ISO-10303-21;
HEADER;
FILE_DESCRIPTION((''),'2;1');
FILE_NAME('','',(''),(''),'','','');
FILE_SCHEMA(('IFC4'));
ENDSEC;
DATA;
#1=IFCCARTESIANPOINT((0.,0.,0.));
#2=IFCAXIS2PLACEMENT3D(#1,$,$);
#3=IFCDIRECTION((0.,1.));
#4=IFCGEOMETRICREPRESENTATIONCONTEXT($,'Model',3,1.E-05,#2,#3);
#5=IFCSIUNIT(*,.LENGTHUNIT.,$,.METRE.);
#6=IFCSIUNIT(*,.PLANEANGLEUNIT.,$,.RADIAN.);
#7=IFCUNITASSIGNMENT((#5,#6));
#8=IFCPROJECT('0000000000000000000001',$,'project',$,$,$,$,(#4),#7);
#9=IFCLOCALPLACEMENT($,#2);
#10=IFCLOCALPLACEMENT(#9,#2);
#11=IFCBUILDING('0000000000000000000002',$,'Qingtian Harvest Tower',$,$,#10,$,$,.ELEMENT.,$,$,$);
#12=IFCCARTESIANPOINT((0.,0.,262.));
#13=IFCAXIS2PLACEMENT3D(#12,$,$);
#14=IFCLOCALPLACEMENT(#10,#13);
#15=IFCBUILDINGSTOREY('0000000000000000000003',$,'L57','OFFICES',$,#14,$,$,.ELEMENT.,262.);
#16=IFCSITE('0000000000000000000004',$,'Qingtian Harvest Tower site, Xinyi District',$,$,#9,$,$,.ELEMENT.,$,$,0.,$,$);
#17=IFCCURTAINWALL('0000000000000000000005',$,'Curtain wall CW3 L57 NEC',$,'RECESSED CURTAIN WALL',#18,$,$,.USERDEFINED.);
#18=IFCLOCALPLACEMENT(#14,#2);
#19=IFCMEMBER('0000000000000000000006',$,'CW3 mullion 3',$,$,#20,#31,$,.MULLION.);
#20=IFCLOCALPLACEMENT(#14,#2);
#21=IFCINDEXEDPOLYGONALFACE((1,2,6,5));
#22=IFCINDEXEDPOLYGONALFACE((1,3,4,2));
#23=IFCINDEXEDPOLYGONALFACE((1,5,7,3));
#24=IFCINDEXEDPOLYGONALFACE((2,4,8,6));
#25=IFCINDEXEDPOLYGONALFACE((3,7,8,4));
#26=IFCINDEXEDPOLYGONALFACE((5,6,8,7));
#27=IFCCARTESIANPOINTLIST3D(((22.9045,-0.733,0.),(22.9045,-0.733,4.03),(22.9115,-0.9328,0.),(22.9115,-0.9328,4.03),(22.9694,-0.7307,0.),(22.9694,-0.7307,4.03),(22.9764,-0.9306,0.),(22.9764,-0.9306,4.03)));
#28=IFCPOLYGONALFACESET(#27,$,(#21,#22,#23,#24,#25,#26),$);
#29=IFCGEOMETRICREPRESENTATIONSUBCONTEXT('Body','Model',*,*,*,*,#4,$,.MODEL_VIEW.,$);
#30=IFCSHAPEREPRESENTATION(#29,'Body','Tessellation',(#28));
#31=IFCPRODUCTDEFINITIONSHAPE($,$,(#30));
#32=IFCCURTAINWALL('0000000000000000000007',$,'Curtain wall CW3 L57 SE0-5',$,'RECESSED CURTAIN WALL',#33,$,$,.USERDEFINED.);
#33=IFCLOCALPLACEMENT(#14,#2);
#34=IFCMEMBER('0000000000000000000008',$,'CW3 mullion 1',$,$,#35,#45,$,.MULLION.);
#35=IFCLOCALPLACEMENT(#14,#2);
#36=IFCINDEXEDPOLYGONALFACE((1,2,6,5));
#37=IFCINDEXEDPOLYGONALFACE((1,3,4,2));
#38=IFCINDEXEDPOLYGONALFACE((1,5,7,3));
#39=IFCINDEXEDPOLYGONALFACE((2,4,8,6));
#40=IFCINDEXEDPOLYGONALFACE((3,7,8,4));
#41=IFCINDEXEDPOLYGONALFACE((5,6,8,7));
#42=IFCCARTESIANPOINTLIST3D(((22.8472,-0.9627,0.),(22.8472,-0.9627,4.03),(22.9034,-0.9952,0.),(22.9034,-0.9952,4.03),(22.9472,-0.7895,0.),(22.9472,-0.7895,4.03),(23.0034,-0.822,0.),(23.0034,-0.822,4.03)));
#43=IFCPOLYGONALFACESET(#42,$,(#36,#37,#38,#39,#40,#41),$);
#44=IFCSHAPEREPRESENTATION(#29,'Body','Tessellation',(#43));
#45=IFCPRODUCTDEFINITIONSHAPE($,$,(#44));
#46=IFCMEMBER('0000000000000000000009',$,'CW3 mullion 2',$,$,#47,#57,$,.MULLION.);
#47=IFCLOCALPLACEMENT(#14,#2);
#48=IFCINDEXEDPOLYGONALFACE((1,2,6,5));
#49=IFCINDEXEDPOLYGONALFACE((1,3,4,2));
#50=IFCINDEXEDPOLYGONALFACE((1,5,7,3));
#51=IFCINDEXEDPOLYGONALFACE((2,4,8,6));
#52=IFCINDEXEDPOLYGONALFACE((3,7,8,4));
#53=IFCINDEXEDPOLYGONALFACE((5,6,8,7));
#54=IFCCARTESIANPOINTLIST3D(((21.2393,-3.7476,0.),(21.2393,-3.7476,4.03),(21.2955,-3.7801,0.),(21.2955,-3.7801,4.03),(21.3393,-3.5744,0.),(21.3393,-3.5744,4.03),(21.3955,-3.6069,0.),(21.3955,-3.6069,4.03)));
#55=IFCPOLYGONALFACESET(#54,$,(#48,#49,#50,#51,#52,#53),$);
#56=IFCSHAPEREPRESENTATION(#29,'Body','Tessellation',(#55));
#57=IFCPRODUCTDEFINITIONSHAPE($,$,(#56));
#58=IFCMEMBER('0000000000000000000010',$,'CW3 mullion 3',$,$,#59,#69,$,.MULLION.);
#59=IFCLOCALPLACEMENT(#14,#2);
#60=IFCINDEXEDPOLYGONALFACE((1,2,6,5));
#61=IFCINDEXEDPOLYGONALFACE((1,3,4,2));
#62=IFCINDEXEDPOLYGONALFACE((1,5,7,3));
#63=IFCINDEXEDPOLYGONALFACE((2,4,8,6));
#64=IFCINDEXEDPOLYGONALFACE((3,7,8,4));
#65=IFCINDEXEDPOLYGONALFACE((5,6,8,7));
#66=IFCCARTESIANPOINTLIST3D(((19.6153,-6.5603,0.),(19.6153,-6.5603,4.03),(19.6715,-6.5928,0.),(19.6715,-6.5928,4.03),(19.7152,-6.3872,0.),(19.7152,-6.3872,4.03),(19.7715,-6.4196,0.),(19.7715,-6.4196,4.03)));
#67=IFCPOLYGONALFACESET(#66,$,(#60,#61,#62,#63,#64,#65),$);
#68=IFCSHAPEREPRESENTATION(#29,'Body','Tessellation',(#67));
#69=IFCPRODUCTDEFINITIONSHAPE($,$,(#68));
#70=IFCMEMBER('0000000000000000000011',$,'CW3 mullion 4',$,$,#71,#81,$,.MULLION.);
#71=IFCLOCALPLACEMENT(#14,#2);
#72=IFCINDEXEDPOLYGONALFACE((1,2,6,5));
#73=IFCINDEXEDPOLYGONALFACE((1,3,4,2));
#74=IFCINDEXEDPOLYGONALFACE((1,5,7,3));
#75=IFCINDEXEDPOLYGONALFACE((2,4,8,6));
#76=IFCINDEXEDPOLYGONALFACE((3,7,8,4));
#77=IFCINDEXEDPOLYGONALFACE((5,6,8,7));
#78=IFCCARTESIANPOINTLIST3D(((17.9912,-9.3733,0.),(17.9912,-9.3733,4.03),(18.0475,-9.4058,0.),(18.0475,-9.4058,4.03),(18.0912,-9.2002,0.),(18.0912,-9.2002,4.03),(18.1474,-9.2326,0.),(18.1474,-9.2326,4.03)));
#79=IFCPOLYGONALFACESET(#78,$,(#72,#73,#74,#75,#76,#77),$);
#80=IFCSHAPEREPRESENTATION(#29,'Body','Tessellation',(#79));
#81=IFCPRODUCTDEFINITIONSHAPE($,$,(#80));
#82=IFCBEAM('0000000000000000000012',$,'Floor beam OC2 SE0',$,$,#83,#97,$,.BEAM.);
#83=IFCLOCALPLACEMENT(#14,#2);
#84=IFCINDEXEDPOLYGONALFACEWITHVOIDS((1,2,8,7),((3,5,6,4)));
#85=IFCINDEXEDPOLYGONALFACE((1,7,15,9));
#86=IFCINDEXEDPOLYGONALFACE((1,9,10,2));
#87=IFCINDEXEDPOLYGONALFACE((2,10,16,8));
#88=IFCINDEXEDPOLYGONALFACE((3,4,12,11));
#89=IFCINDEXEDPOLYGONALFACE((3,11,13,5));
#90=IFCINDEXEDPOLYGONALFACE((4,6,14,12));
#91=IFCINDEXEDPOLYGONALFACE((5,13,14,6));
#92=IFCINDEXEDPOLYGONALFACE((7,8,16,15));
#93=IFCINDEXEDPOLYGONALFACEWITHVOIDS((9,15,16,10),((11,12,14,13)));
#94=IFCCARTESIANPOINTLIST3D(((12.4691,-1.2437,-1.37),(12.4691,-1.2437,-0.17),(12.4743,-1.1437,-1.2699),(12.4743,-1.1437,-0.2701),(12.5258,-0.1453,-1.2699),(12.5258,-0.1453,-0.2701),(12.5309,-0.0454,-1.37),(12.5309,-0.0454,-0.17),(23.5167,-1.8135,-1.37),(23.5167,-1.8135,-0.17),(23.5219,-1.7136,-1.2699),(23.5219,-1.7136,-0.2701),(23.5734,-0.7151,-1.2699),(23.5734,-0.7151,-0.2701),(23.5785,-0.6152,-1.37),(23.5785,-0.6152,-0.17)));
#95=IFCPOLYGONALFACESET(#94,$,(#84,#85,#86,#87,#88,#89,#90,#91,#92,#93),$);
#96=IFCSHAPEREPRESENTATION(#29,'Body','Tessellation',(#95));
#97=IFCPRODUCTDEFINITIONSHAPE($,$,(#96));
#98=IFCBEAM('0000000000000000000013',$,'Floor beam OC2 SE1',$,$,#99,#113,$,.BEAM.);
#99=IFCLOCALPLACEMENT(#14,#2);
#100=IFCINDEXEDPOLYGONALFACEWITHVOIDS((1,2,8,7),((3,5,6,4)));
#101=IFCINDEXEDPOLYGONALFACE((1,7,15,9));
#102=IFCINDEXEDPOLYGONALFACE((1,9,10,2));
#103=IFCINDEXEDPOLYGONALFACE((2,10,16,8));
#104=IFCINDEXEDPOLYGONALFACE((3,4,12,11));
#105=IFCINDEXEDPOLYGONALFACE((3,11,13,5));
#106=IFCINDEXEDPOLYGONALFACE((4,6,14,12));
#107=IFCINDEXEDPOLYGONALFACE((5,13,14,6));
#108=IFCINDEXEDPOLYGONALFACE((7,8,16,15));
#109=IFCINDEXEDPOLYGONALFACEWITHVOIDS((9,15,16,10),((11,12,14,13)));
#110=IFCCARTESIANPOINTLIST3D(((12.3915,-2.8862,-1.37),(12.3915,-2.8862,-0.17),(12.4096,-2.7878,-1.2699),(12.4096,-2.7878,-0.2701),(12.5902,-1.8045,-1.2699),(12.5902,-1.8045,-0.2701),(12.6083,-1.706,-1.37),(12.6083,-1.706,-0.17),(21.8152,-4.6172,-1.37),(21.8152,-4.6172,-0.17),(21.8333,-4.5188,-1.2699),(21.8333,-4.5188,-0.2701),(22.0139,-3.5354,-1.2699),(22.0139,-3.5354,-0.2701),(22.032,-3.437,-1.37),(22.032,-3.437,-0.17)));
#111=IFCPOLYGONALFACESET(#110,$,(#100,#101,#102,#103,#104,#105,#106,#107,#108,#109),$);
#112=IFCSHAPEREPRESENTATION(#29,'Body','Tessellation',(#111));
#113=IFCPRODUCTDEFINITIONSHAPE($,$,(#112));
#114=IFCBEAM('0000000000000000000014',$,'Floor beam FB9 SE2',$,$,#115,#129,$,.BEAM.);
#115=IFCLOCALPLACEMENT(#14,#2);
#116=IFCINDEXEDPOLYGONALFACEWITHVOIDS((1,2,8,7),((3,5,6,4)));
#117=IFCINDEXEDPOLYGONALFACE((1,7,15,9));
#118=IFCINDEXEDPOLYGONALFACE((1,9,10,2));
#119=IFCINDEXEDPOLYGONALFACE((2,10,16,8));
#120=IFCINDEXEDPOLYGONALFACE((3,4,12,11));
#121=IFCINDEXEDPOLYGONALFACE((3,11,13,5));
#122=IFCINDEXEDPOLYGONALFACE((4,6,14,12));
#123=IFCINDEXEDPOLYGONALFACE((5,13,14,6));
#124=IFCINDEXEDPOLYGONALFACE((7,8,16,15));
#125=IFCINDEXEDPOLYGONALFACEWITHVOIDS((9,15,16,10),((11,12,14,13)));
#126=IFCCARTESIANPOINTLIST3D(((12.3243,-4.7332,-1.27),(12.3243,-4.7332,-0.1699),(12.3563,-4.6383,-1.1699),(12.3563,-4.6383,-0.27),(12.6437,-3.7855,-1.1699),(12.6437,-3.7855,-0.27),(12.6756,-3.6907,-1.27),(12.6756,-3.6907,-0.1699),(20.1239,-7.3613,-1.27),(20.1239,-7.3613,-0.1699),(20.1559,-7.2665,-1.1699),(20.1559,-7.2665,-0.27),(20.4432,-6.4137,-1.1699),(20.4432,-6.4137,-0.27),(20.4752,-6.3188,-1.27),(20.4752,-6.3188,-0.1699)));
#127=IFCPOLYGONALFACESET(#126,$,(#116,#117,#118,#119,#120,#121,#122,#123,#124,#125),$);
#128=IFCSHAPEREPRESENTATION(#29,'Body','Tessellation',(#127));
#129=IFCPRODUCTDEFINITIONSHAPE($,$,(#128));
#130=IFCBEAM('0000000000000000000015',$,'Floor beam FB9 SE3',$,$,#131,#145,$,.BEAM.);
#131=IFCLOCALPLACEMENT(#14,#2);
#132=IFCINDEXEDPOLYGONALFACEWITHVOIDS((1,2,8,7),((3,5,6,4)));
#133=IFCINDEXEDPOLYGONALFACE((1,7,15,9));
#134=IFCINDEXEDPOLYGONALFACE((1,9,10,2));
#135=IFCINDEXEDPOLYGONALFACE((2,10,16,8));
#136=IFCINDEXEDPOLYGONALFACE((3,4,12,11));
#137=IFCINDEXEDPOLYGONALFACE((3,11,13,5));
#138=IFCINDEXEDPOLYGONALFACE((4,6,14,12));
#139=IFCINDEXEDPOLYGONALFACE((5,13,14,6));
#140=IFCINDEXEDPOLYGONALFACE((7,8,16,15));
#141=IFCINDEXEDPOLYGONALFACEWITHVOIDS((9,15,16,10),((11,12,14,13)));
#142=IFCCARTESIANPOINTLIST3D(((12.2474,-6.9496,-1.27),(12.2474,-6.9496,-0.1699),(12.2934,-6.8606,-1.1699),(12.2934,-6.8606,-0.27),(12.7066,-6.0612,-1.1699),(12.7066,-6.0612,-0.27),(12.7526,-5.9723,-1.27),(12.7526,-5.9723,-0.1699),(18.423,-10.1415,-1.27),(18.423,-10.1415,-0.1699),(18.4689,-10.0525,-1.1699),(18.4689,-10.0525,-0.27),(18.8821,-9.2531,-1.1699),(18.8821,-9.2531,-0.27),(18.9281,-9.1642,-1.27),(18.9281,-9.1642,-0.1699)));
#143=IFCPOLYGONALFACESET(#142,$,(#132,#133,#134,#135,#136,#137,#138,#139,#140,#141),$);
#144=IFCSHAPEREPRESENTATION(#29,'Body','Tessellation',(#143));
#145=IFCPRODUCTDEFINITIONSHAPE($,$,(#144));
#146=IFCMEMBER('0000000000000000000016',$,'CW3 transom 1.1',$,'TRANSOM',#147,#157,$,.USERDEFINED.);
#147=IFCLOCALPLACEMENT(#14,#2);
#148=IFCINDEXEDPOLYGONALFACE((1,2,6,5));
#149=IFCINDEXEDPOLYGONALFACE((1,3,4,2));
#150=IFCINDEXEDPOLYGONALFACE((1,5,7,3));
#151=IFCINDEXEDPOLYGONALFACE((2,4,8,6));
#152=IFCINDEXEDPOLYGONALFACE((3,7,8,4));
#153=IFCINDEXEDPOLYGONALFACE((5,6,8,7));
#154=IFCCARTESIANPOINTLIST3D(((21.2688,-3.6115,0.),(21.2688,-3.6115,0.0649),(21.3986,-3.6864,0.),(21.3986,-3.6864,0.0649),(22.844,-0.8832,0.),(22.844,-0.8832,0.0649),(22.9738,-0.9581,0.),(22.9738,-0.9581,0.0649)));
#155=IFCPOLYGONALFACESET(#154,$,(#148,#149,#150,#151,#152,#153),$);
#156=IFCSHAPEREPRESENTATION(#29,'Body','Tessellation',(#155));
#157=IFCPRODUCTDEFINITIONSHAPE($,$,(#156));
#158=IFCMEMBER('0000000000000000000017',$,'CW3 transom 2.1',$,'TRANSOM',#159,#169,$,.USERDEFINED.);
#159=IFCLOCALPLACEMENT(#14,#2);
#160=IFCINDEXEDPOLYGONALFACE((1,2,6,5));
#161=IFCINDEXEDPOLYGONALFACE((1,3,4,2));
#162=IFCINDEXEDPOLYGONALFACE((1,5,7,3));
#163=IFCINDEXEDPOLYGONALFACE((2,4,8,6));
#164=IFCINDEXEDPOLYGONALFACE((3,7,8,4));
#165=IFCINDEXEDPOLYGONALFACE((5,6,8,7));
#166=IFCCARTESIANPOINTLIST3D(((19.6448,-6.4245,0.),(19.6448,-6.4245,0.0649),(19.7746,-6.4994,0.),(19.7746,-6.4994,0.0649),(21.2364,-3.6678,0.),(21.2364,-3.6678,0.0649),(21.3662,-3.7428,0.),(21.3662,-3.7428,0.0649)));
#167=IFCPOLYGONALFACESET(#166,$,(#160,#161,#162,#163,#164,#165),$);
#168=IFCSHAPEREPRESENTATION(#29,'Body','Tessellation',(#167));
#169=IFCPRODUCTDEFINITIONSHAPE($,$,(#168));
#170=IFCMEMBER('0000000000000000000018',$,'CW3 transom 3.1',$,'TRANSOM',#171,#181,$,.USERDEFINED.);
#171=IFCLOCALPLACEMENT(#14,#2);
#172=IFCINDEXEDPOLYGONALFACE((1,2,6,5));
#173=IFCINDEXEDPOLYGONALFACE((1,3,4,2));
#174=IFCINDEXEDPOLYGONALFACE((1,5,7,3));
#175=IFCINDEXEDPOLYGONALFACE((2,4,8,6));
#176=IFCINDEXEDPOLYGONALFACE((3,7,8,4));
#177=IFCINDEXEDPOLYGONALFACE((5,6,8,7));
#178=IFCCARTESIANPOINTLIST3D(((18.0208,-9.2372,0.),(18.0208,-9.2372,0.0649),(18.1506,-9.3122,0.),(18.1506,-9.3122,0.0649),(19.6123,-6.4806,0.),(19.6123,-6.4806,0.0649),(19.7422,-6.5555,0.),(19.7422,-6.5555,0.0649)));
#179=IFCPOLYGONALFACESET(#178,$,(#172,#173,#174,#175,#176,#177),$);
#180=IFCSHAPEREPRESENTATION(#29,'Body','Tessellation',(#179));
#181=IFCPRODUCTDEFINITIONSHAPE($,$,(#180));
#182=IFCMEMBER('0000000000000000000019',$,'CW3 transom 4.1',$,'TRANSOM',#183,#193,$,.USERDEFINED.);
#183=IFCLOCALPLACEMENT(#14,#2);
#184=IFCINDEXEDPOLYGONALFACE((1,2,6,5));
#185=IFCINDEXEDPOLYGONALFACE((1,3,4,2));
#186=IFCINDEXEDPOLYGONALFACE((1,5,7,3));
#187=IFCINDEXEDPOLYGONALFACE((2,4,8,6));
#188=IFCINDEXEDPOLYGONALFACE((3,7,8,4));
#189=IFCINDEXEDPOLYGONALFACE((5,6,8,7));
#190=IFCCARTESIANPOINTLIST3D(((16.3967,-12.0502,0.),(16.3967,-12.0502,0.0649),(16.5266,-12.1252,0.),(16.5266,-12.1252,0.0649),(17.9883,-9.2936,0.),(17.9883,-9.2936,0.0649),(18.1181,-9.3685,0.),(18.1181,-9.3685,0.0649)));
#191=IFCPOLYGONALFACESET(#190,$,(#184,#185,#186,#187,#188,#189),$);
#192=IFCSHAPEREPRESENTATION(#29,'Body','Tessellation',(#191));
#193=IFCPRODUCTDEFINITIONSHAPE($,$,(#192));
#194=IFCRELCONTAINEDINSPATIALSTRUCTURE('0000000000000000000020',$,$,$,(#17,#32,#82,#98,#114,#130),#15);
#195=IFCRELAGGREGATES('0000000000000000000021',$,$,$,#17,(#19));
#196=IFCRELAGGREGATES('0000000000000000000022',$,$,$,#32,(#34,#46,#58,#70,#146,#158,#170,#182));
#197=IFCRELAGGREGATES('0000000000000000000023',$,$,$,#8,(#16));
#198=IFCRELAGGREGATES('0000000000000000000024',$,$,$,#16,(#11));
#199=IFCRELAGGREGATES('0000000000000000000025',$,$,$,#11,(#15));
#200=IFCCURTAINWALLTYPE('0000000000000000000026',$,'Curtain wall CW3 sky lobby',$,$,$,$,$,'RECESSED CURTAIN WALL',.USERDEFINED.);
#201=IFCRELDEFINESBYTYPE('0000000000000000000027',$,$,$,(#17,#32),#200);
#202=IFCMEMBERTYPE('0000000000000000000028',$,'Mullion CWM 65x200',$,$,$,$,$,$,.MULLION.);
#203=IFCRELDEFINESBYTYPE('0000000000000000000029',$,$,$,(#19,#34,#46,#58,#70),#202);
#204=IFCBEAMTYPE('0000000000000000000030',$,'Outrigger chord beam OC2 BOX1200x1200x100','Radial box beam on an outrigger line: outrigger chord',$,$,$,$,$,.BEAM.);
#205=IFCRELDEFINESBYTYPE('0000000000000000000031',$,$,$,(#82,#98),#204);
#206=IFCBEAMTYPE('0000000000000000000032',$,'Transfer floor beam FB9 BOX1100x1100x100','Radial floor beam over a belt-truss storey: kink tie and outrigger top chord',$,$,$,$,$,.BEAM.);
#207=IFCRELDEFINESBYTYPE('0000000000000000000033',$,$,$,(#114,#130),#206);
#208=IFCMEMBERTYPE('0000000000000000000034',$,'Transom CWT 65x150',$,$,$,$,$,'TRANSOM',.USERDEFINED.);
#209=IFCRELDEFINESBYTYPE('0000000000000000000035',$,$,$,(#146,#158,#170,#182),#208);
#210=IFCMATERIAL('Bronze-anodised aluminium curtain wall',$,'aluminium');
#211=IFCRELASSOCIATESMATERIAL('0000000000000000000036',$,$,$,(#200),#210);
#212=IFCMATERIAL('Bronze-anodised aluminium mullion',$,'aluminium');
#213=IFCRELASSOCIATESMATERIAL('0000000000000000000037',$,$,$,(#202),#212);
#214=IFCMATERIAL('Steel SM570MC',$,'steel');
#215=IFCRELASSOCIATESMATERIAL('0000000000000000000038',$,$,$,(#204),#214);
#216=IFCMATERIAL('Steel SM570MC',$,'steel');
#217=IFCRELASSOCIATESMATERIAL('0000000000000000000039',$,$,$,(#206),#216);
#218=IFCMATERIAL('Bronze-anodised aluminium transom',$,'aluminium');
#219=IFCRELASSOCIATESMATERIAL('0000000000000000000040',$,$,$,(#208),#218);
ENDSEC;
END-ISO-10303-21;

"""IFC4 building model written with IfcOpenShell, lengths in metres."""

from ifc_helpers import new_model, si_unit, direction, frame, origin, origin_2d, place, context, subcontext, project, spatial, rectangle, hollow_rectangle, extrude, material, material_profile, profile_set, type_object, element, aggregate, save


model = new_model("IFC4")

# Units and contexts
model_context = context("Model", 3, precision=1e-05, world=origin(), true_north=direction((0.0, 1.0)))
body_context = subcontext(model_context, "Body", "Model", "MODEL_VIEW")
ifc_project = project(units=[si_unit("LENGTHUNIT", "METRE"), si_unit("PLANEANGLEUNIT", "RADIAN")], contexts=[model_context])

# Site, building, storey
site_placement = place(None, origin())
site = spatial("IfcSite", under=ifc_project, at=site_placement, Name="Qingtian Harvest Tower site, Xinyi District", CompositionType="ELEMENT", RefElevation=0.0)
building_placement = place(site_placement, origin())
building = spatial("IfcBuilding", under=site, at=building_placement, Name="Qingtian Harvest Tower", CompositionType="ELEMENT")
storey_placement = place(building_placement, frame((0.0, 0.0, 262.0)))
storey = spatial("IfcBuildingStorey", under=building, at=storey_placement, Name="L57", Description="OFFICES", CompositionType="ELEMENT", Elevation=262.0)

# Curtain wall, member
ifc_material_1 = material(Name="Bronze-anodised aluminium curtain wall", Category="aluminium")
curtain_wall_type = type_object("IfcCurtainWallType", Name="Curtain wall CW3 sky lobby", ElementType="RECESSED CURTAIN WALL", PredefinedType="USERDEFINED", material=ifc_material_1)
curtain_wall_1_placement = place(storey_placement, origin())
curtain_wall_1 = element("IfcCurtainWall", 1, at=curtain_wall_1_placement, inside=storey, type_object=curtain_wall_type, Name="Curtain wall CW3 L57 NEC", ObjectType="RECESSED CURTAIN WALL", PredefinedType="USERDEFINED")
ifc_material_2 = material(Name="Bronze-anodised aluminium mullion", Category="aluminium")
ifc_material_profile_1 = material_profile(ifc_material_2, rectangle(XDim=0.0649, YDim=0.2, at=origin_2d()), Name="AL 65x200")
ifc_profile_set_1 = profile_set([ifc_material_profile_1], Name="Bronze-anodised aluminium mullion")
member_type_1 = type_object("IfcMemberType", Name="Mullion CWM 65x200", PredefinedType="MULLION", material=ifc_profile_set_1)
member_1_placement = place(storey_placement, frame((22.9404, -0.8318, 0.0), z_axis=(0.0, 0.0, 1.0), x_axis=(0.999391, 0.034899, 0.0)))
member_1 = element("IfcMember", 2, at=member_1_placement, type_object=member_type_1, Name="CW3 mullion 3", PredefinedType="MULLION", context=body_context, shape_type="SweptSolid", body=[
    extrude(rectangle(XDim=0.0649, YDim=0.2, at=origin_2d()), origin(), (0.0, 0.0, 1.0), 4.03),
])

# Curtain wall, members
curtain_wall_2_placement = place(storey_placement, origin())
curtain_wall_2 = element("IfcCurtainWall", 3, at=curtain_wall_2_placement, inside=storey, type_object=curtain_wall_type, Name="Curtain wall CW3 L57 SE0-5", ObjectType="RECESSED CURTAIN WALL", PredefinedType="USERDEFINED")
member_2_placement = place(storey_placement, frame((22.9253, -0.8923, 0.0), z_axis=(0.0, 0.0, 1.0), x_axis=(0.866025, -0.5, 0.0)))
member_2 = element("IfcMember", 4, at=member_2_placement, type_object=member_type_1, Name="CW3 mullion 1", PredefinedType="MULLION", context=body_context, shape_type="SweptSolid", body=[
    extrude(rectangle(XDim=0.0649, YDim=0.2, at=origin_2d()), origin(), (0.0, 0.0, 1.0), 4.03),
])
member_3_placement = place(storey_placement, frame((21.3174, -3.6772, 0.0), z_axis=(0.0, 0.0, 1.0), x_axis=(0.866025, -0.5, 0.0)))
member_3 = element("IfcMember", 5, at=member_3_placement, type_object=member_type_1, Name="CW3 mullion 2", PredefinedType="MULLION", context=body_context, shape_type="SweptSolid", body=[
    extrude(rectangle(XDim=0.0649, YDim=0.2, at=origin_2d()), origin(), (0.0, 0.0, 1.0), 4.03),
])
member_4_placement = place(storey_placement, frame((19.6934, -6.49, 0.0), z_axis=(0.0, 0.0, 1.0), x_axis=(0.866025, -0.5, 0.0)))
member_4 = element("IfcMember", 6, at=member_4_placement, type_object=member_type_1, Name="CW3 mullion 3", PredefinedType="MULLION", context=body_context, shape_type="SweptSolid", body=[
    extrude(rectangle(XDim=0.0649, YDim=0.2, at=origin_2d()), origin(), (0.0, 0.0, 1.0), 4.03),
])
member_5_placement = place(storey_placement, frame((18.0693, -9.303, 0.0), z_axis=(0.0, 0.0, 1.0), x_axis=(0.866025, -0.5, 0.0)))
member_5 = element("IfcMember", 7, at=member_5_placement, type_object=member_type_1, Name="CW3 mullion 4", PredefinedType="MULLION", context=body_context, shape_type="SweptSolid", body=[
    extrude(rectangle(XDim=0.0649, YDim=0.2, at=origin_2d()), origin(), (0.0, 0.0, 1.0), 4.03),
])

# Beams
ifc_material_3 = material(Name="Steel SM570MC", Category="steel")
ifc_material_profile_2 = material_profile(ifc_material_3, hollow_rectangle(XDim=1.2, YDim=1.2, WallThickness=0.1001, at=origin_2d()), Name="BOX1200x1200x100")
ifc_profile_set_2 = profile_set([ifc_material_profile_2], Name="Steel SM570MC")
beam_type_1 = type_object("IfcBeamType", Name="Outrigger chord beam OC2 BOX1200x1200x100", Description="Radial box beam on an outrigger line: outrigger chord", PredefinedType="BEAM", material=ifc_profile_set_2)
beam_1_placement = place(storey_placement, frame((23.5476, -1.2144, -0.77), z_axis=(-0.998672, 0.05151, 0.0), x_axis=(-0.05151, -0.998672, 0.0)))
element("IfcBeam", 8, at=beam_1_placement, inside=storey, type_object=beam_type_1, Name="Floor beam OC2 SE0", PredefinedType="BEAM", context=body_context, shape_type="SweptSolid", body=[
    extrude(hollow_rectangle(XDim=1.2, YDim=1.2, WallThickness=0.1001, at=origin_2d()), origin(), (0.0, 0.0, 1.0), 11.0623),
])
beam_2_placement = place(storey_placement, frame((21.9236, -4.0271, -0.77), z_axis=(-0.983545, 0.180661, 0.0), x_axis=(-0.180661, -0.983545, 0.0)))
element("IfcBeam", 9, at=beam_2_placement, inside=storey, type_object=beam_type_1, Name="Floor beam OC2 SE1", PredefinedType="BEAM", context=body_context, shape_type="SweptSolid", body=[
    extrude(hollow_rectangle(XDim=1.2, YDim=1.2, WallThickness=0.1001, at=origin_2d()), origin(), (0.0, 0.0, 1.0), 9.5813),
])
ifc_material_4 = material(Name="Steel SM570MC", Category="steel")
ifc_material_profile_3 = material_profile(ifc_material_4, hollow_rectangle(XDim=1.1001, YDim=1.1001, WallThickness=0.1001, at=origin_2d()), Name="BOX1100x1100x100")
ifc_profile_set_3 = profile_set([ifc_material_profile_3], Name="Steel SM570MC")
beam_type_2 = type_object("IfcBeamType", Name="Transfer floor beam FB9 BOX1100x1100x100", Description="Radial floor beam over a belt-truss storey: kink tie and outrigger top chord", PredefinedType="BEAM", material=ifc_profile_set_3)
beam_3_placement = place(storey_placement, frame((20.2996, -6.8401, -0.72), z_axis=(-0.947646, 0.319323, 0.0), x_axis=(-0.319323, -0.947646, 0.0)))
element("IfcBeam", 10, at=beam_3_placement, inside=storey, type_object=beam_type_2, Name="Floor beam FB9 SE2", PredefinedType="BEAM", context=body_context, shape_type="SweptSolid", body=[
    extrude(hollow_rectangle(XDim=1.1001, YDim=1.1001, WallThickness=0.1001, at=origin_2d()), origin(), (0.0, 0.0, 1.0), 8.2305),
])
beam_4_placement = place(storey_placement, frame((18.6755, -9.6528, -0.72), z_axis=(-0.888355, 0.459156, 0.0), x_axis=(-0.459156, -0.888355, 0.0)))
element("IfcBeam", 11, at=beam_4_placement, inside=storey, type_object=beam_type_2, Name="Floor beam FB9 SE3", PredefinedType="BEAM", context=body_context, shape_type="SweptSolid", body=[
    extrude(hollow_rectangle(XDim=1.1001, YDim=1.1001, WallThickness=0.1001, at=origin_2d()), origin(), (0.0, 0.0, 1.0), 6.9517),
])

# Members
ifc_material_5 = material(Name="Bronze-anodised aluminium transom", Category="aluminium")
ifc_material_profile_4 = material_profile(ifc_material_5, rectangle(XDim=0.1499, YDim=0.0649, at=origin_2d()), Name="AL 65x150")
ifc_profile_set_4 = profile_set([ifc_material_profile_4], Name="Bronze-anodised aluminium transom")
member_type_2 = type_object("IfcMemberType", Name="Transom CWT 65x150", ElementType="TRANSOM", PredefinedType="USERDEFINED", material=ifc_profile_set_4)
member_6_placement = place(storey_placement, frame((22.9089, -0.9207, 0.0325), z_axis=(-0.500006, -0.866022, 0.0), x_axis=(0.866022, -0.500006, 0.0)))
member_6 = element("IfcMember", 12, at=member_6_placement, type_object=member_type_2, Name="CW3 transom 1.1", ObjectType="TRANSOM", PredefinedType="USERDEFINED", context=body_context, shape_type="SweptSolid", body=[
    extrude(rectangle(XDim=0.1499, YDim=0.0649, at=origin_2d()), origin(), (0.0, 0.0, 1.0), 3.1504),
])
member_7_placement = place(storey_placement, frame((21.3013, -3.7053, 0.0325), z_axis=(-0.500008, -0.866021, 0.0), x_axis=(0.866021, -0.500008, 0.0)))
member_7 = element("IfcMember", 13, at=member_7_placement, type_object=member_type_2, Name="CW3 transom 2.1", ObjectType="TRANSOM", PredefinedType="USERDEFINED", context=body_context, shape_type="SweptSolid", body=[
    extrude(rectangle(XDim=0.1499, YDim=0.0649, at=origin_2d()), origin(), (0.0, 0.0, 1.0), 3.1831),
])
member_8_placement = place(storey_placement, frame((19.6772, -6.5181, 0.0325), z_axis=(-0.500008, -0.866021, 0.0), x_axis=(0.866021, -0.500008, 0.0)))
member_8 = element("IfcMember", 14, at=member_8_placement, type_object=member_type_2, Name="CW3 transom 3.1", ObjectType="TRANSOM", PredefinedType="USERDEFINED", context=body_context, shape_type="SweptSolid", body=[
    extrude(rectangle(XDim=0.1499, YDim=0.0649, at=origin_2d()), origin(), (0.0, 0.0, 1.0), 3.1831),
])
member_9_placement = place(storey_placement, frame((18.0532, -9.3311, 0.0325), z_axis=(-0.500008, -0.866021, 0.0), x_axis=(0.866021, -0.500008, 0.0)))
member_9 = element("IfcMember", 15, at=member_9_placement, type_object=member_type_2, Name="CW3 transom 4.1", ObjectType="TRANSOM", PredefinedType="USERDEFINED", context=body_context, shape_type="SweptSolid", body=[
    extrude(rectangle(XDim=0.1499, YDim=0.0649, at=origin_2d()), origin(), (0.0, 0.0, 1.0), 3.1831),
])

aggregate(curtain_wall_1, [member_1])
aggregate(curtain_wall_2, [member_2, member_3, member_4, member_5, member_6, member_7, member_8, member_9])

save(model, "model.ifc")
